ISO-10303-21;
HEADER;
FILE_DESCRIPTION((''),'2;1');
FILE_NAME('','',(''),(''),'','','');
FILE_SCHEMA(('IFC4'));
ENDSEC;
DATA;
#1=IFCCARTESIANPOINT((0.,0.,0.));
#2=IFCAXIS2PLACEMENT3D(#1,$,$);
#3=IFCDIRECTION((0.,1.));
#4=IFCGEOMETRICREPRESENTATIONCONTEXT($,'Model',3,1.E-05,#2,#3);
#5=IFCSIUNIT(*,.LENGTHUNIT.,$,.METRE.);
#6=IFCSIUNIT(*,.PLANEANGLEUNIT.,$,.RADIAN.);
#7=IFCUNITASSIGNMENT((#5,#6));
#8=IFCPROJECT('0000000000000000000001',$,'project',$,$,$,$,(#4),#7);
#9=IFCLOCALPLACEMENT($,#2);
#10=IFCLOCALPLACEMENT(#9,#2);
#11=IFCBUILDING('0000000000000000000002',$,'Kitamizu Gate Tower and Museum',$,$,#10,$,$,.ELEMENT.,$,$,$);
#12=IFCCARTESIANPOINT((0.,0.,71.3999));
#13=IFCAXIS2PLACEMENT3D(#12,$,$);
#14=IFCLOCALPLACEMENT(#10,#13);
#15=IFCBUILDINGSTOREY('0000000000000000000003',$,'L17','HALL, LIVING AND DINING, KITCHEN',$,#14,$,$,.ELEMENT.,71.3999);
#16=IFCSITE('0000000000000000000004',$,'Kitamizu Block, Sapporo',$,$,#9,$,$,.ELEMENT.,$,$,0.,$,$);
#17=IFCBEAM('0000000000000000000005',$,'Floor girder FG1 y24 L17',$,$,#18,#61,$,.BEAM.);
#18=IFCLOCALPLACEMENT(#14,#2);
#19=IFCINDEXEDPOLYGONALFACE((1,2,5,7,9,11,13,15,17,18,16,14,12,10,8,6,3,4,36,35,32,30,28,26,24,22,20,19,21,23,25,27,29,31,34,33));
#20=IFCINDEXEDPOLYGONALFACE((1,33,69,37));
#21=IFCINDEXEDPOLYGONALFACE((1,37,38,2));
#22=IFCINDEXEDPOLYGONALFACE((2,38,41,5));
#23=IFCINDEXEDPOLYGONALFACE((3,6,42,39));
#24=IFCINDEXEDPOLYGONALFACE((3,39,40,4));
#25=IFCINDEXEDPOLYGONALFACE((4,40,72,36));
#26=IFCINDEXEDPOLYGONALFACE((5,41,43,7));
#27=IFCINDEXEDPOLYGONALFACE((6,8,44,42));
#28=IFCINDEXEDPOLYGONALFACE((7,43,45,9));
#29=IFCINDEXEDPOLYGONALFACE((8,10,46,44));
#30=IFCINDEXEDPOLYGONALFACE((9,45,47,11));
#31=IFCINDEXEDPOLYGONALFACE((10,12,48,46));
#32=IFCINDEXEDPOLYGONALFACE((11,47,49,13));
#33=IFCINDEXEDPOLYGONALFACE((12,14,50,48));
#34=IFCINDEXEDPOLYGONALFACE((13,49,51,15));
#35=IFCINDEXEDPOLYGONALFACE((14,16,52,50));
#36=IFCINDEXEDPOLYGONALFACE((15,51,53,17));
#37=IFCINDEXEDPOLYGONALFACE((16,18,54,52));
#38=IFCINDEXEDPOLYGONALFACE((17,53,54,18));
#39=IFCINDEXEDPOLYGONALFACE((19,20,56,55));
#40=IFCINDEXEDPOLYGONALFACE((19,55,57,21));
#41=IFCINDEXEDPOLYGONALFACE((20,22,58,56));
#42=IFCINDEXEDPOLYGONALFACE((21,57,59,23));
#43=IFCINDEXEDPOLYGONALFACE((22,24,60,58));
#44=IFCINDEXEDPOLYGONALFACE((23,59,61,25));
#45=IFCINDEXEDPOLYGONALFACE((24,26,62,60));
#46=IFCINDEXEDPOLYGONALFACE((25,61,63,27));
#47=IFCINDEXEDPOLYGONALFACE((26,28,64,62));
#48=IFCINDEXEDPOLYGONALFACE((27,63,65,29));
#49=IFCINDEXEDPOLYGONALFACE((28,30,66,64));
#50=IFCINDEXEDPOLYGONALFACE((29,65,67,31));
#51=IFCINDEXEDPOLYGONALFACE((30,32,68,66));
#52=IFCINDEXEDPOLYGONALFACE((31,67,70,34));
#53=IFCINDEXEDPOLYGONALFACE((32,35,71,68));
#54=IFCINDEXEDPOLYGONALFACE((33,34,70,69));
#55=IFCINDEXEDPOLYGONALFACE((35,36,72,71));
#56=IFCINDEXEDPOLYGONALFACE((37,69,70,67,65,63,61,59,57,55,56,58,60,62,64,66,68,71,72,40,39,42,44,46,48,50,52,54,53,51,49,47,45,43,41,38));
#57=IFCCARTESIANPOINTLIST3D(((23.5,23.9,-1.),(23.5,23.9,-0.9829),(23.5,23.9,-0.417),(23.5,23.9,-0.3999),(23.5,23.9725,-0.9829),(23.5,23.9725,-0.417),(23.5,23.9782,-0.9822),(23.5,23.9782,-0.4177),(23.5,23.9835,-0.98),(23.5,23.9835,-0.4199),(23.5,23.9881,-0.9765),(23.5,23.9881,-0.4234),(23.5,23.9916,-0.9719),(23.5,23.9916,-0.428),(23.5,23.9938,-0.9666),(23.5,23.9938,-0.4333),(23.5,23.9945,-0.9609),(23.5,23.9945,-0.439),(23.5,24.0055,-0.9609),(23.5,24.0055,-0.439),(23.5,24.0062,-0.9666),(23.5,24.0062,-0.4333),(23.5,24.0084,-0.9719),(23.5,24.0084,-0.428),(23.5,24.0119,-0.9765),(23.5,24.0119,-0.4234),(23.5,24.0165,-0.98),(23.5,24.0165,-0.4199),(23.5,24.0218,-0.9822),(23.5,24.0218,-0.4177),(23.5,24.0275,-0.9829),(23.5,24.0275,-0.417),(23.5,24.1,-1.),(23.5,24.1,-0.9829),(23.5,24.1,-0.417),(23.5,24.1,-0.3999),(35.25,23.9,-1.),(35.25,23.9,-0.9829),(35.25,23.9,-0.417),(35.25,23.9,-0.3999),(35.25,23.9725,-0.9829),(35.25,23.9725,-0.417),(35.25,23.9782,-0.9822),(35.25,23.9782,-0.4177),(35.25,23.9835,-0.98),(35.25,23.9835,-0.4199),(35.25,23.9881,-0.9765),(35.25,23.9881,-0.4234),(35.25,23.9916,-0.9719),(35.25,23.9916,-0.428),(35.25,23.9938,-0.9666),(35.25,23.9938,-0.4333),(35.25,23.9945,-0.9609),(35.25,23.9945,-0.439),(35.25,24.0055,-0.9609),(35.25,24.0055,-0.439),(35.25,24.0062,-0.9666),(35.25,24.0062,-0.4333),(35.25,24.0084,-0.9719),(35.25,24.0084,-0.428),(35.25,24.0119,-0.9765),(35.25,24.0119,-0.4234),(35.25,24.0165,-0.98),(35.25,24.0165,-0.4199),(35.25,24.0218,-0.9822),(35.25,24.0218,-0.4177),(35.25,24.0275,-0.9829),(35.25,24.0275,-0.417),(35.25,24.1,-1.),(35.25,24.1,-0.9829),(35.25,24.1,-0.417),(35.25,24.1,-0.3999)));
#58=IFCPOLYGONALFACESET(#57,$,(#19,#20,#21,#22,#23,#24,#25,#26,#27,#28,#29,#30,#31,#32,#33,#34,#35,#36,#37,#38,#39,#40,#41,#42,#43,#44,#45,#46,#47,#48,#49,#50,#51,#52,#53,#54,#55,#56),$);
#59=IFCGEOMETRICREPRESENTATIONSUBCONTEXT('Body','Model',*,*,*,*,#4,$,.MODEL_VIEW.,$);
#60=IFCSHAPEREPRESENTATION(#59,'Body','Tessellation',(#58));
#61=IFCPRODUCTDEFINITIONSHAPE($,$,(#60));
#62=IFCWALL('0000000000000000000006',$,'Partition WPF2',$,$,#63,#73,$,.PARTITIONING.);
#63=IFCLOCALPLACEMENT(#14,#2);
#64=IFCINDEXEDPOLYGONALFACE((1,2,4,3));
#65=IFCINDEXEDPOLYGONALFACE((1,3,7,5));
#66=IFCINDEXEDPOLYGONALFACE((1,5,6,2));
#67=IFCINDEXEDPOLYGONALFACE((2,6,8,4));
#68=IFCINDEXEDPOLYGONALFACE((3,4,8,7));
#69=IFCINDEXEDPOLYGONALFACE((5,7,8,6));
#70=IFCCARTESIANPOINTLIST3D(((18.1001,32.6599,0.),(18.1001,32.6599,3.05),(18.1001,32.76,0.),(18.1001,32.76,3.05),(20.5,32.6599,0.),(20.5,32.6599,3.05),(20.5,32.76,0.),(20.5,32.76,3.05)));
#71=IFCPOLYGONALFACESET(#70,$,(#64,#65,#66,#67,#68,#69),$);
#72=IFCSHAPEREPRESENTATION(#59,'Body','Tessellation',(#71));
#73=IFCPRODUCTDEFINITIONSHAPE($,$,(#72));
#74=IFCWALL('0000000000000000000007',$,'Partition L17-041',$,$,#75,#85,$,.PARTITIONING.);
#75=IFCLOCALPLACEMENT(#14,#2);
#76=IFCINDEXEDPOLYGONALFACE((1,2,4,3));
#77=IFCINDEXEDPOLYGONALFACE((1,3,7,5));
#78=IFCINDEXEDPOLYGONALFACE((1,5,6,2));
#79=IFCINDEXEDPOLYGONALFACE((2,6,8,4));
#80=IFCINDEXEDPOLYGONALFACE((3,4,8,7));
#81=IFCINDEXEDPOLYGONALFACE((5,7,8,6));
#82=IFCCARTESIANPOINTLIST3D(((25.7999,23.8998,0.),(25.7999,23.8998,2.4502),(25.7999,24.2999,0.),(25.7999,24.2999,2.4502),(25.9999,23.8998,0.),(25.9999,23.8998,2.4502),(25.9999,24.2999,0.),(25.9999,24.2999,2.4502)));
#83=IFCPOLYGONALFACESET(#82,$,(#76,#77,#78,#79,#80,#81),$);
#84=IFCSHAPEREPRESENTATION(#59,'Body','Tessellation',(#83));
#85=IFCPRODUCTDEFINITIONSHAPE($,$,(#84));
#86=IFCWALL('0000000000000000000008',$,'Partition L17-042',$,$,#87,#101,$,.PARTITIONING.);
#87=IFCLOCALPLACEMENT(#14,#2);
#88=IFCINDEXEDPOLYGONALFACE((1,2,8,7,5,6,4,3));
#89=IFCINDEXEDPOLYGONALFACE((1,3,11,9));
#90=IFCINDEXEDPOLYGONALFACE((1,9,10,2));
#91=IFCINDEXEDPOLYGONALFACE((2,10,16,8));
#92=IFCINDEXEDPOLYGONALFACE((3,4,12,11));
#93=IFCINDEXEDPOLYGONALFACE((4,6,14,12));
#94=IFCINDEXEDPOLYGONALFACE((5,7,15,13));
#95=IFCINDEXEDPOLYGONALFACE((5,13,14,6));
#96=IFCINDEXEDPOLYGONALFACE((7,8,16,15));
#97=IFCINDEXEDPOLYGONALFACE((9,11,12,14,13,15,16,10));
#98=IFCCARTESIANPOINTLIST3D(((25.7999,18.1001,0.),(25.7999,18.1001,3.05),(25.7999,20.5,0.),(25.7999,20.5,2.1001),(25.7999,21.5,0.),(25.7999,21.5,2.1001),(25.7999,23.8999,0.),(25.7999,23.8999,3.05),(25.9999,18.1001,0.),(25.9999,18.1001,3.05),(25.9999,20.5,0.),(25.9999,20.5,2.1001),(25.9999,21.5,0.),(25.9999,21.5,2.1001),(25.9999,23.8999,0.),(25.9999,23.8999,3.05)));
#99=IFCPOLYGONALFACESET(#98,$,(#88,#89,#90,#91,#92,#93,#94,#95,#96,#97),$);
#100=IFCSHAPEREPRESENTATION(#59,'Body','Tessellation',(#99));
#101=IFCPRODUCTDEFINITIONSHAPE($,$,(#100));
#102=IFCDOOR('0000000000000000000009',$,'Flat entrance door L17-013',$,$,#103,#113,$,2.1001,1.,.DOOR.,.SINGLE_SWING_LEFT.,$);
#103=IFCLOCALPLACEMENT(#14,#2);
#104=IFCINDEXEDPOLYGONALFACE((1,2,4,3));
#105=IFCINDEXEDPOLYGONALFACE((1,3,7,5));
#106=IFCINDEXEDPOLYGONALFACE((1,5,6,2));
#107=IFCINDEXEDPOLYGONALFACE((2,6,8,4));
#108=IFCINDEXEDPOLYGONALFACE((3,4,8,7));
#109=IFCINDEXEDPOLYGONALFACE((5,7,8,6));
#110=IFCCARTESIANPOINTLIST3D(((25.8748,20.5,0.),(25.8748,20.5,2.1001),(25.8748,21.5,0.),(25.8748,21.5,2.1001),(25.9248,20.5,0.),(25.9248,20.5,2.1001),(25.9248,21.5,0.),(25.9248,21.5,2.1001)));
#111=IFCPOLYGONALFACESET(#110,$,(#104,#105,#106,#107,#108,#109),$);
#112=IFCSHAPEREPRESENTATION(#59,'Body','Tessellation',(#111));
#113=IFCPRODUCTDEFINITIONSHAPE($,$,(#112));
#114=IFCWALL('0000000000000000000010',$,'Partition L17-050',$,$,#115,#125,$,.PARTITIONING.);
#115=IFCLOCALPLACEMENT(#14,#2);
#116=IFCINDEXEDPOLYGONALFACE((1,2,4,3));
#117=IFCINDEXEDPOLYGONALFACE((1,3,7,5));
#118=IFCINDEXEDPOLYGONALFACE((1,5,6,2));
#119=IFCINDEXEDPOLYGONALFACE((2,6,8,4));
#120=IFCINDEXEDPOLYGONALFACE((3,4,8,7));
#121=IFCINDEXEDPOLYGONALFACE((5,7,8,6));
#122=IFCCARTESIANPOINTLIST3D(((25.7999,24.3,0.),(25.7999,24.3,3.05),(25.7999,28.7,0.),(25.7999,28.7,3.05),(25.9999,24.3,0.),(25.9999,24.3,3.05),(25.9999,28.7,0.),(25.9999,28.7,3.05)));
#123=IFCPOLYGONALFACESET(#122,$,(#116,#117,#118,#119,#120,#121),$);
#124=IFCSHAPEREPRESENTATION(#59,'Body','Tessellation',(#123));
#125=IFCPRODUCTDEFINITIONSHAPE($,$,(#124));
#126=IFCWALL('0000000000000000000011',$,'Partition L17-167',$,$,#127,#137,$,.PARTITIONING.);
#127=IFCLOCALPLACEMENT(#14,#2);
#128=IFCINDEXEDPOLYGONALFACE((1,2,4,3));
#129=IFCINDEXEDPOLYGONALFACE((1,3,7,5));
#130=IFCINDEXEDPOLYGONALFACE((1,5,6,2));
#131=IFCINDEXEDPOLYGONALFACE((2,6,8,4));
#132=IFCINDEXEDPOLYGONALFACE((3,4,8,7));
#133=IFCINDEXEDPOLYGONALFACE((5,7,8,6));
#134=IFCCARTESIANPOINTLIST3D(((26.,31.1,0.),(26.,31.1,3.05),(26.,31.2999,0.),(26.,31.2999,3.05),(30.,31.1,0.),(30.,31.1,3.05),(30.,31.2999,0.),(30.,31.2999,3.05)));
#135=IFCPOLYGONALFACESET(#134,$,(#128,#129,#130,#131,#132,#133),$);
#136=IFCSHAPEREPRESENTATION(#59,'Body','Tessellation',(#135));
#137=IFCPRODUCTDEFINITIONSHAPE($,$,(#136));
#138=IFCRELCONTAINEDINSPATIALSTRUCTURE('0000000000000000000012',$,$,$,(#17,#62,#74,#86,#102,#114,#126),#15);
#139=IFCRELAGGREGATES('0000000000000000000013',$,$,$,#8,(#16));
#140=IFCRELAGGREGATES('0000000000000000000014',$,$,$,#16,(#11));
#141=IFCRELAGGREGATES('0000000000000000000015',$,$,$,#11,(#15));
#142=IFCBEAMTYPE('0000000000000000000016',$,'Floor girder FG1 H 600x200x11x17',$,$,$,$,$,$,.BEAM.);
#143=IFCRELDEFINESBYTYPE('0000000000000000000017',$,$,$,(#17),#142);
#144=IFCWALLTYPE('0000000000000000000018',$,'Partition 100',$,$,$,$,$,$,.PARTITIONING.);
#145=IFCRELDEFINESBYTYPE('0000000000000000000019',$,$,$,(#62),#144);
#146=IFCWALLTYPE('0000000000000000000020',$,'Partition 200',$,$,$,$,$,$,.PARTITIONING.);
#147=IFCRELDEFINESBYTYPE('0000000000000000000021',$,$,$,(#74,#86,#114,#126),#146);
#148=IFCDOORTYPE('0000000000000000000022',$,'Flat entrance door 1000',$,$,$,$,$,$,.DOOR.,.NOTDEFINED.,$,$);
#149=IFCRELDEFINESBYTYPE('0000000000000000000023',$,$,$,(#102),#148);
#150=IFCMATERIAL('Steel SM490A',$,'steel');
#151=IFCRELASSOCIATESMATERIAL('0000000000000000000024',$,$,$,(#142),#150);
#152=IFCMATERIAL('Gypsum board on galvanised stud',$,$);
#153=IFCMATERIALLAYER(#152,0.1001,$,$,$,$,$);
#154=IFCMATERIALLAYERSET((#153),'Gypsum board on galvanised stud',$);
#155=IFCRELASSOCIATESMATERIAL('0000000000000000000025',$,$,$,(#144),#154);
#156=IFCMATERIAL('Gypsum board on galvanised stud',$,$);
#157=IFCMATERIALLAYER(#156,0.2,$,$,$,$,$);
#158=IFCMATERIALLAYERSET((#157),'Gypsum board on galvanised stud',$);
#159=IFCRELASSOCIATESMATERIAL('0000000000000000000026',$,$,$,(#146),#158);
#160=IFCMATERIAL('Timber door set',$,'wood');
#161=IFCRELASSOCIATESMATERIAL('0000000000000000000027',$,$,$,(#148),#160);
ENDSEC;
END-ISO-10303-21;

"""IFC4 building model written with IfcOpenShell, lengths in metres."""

from ifc_helpers import new_model, si_unit, direction, frame, frame_2d, origin, origin_2d, place, context, subcontext, project, spatial, rectangle, i_section, extrude, material, layer, layer_set, material_profile, profile_set, type_object, element, fill, save


model = new_model("IFC4")

# Units and contexts
model_context = context("Model", 3, precision=1e-05, world=origin(), true_north=direction((0.0, 1.0)))
body_context = subcontext(model_context, "Body", "Model", "MODEL_VIEW")
ifc_project = project(units=[si_unit("LENGTHUNIT", "METRE"), si_unit("PLANEANGLEUNIT", "RADIAN")], contexts=[model_context])

# Site, building, storey
site_placement = place(None, origin())
site = spatial("IfcSite", under=ifc_project, at=site_placement, Name="Kitamizu Block, Sapporo", CompositionType="ELEMENT", RefElevation=0.0)
building_placement = place(site_placement, origin())
building = spatial("IfcBuilding", under=site, at=building_placement, Name="Kitamizu Gate Tower and Museum", CompositionType="ELEMENT")
storey_placement = place(building_placement, frame((0.0, 0.0, 71.3999)))
storey = spatial("IfcBuildingStorey", under=building, at=storey_placement, Name="L17", Description="HALL, LIVING AND DINING, KITCHEN", CompositionType="ELEMENT", Elevation=71.3999)

# Beam
ifc_material_1 = material(Name="Steel SM490A", Category="steel")
ifc_material_profile = material_profile(ifc_material_1, i_section(OverallWidth=0.2, OverallDepth=0.6001, WebThickness=0.011, FlangeThickness=0.0171, FilletRadius=0.022, at=origin_2d()), Name="H-600x200x11x17")
ifc_profile_set = profile_set([ifc_material_profile], Name="Steel SM490A")
beam_type = type_object("IfcBeamType", Name="Floor girder FG1 H 600x200x11x17", PredefinedType="BEAM", material=ifc_profile_set)
beam_placement = place(storey_placement, frame((23.5, 24.0, -0.7), z_axis=(1.0, 0.0, 0.0), x_axis=(0.0, 1.0, 0.0)))
element("IfcBeam", 1, at=beam_placement, inside=storey, type_object=beam_type, Name="Floor girder FG1 y24 L17", PredefinedType="BEAM", context=body_context, shape_type="SweptSolid", body=[
    extrude(i_section(OverallWidth=0.2, OverallDepth=0.6001, WebThickness=0.011, FlangeThickness=0.0171, FilletRadius=0.022, at=origin_2d()), origin(), (0.0, 0.0, 1.0), 11.75),
])

# Walls
ifc_material_2 = material(Name="Gypsum board on galvanised stud")
ifc_layer_1 = layer(ifc_material_2, 0.1001)
ifc_layer_set_1 = layer_set([ifc_layer_1], Name="Gypsum board on galvanised stud")
wall_type_1 = type_object("IfcWallType", Name="Partition 100", PredefinedType="PARTITIONING", material=ifc_layer_set_1)
wall_1_placement = place(storey_placement, frame((18.1001, 32.71, 0.0), z_axis=(0.0, 0.0, 1.0), x_axis=(1.0, 0.0, 0.0)))
element("IfcWall", 2, at=wall_1_placement, inside=storey, type_object=wall_type_1, Name="Partition WPF2", PredefinedType="PARTITIONING", context=body_context, shape_type="SweptSolid", body=[
    extrude(rectangle(XDim=2.3999, YDim=0.1001, at=frame_2d((1.2, 0.0))), origin(), (0.0, 0.0, 1.0), 3.05),
])
ifc_material_3 = material(Name="Gypsum board on galvanised stud")
ifc_layer_2 = layer(ifc_material_3, 0.2)
ifc_layer_set_2 = layer_set([ifc_layer_2], Name="Gypsum board on galvanised stud")
wall_type_2 = type_object("IfcWallType", Name="Partition 200", PredefinedType="PARTITIONING", material=ifc_layer_set_2)
wall_2_placement = place(storey_placement, frame((25.8999, 24.3, 0.0), z_axis=(0.0, 0.0, 1.0), x_axis=(0.0, -1.0, 0.0)))
element("IfcWall", 3, at=wall_2_placement, inside=storey, type_object=wall_type_2, Name="Partition L17-041", PredefinedType="PARTITIONING", context=body_context, shape_type="SweptSolid", body=[
    extrude(rectangle(XDim=0.4001, YDim=0.2, at=frame_2d((0.2002, 0.0))), origin(), (0.0, 0.0, 1.0), 2.4502),
])

# Wall, opening, door
wall_3_placement = place(storey_placement, frame((25.8999, 23.8999, 0.0), z_axis=(0.0, 0.0, 1.0), x_axis=(0.0, -1.0, 0.0)))
wall_3 = element("IfcWall", 4, at=wall_3_placement, inside=storey, type_object=wall_type_2, Name="Partition L17-042", PredefinedType="PARTITIONING", context=body_context, shape_type="SweptSolid", body=[
    extrude(rectangle(XDim=5.7998, YDim=0.2, at=frame_2d((2.8999, 0.0))), origin(), (0.0, 0.0, 1.0), 3.05),
])
opening_1_placement = place(wall_3_placement, frame((2.3999, 0.0, 0.0)))
opening_1 = element("IfcOpeningElement", 5, at=opening_1_placement, cuts=wall_3, PredefinedType="OPENING", context=body_context, shape_type="SweptSolid", body=[
    extrude(rectangle(XDim=1.0, YDim=2.1001, at=frame_2d((0.5, 1.05))), frame((0.0, 0.1099, 0.0), z_axis=(0.0, -1.0, 0.0), x_axis=(1.0, 0.0, 0.0)), (0.0, 0.0, 1.0), 0.22),
])
ifc_material_4 = material(Name="Timber door set", Category="wood")
door_type_1 = type_object("IfcDoorType", Name="Flat entrance door 1000", OperationType="NOTDEFINED", PredefinedType="DOOR", material=ifc_material_4)
door_1_placement = place(opening_1_placement, origin())
door_1 = element("IfcDoor", 6, at=door_1_placement, inside=storey, type_object=door_type_1, Name="Flat entrance door L17-013", OperationType="SINGLE_SWING_LEFT", OverallHeight=2.1001, OverallWidth=1.0, PredefinedType="DOOR", context=body_context, shape_type="SweptSolid", body=[
    extrude(rectangle(XDim=1.0, YDim=2.1001, at=frame_2d((0.5, 1.05))), frame((0.0, 0.0249, 0.0), z_axis=(0.0, -1.0, 0.0), x_axis=(1.0, 0.0, 0.0)), (0.0, 0.0, 1.0), 0.05),
])
fill(opening_1, door_1)

# Walls
wall_4_placement = place(storey_placement, frame((25.8999, 28.7, 0.0), z_axis=(0.0, 0.0, 1.0), x_axis=(0.0, -1.0, 0.0)))
element("IfcWall", 7, at=wall_4_placement, inside=storey, type_object=wall_type_2, Name="Partition L17-050", PredefinedType="PARTITIONING", context=body_context, shape_type="SweptSolid", body=[
    extrude(rectangle(XDim=4.3999, YDim=0.2, at=frame_2d((2.2, 0.0))), origin(), (0.0, 0.0, 1.0), 3.05),
])
wall_5_placement = place(storey_placement, frame((26.0, 31.2, 0.0), z_axis=(0.0, 0.0, 1.0), x_axis=(1.0, 0.0, 0.0)))
element("IfcWall", 8, at=wall_5_placement, inside=storey, type_object=wall_type_2, Name="Partition L17-167", PredefinedType="PARTITIONING", context=body_context, shape_type="SweptSolid", body=[
    extrude(rectangle(XDim=4.0, YDim=0.2, at=frame_2d((2.0, 0.0))), origin(), (0.0, 0.0, 1.0), 3.05),
])

save(model, "model.ifc")
